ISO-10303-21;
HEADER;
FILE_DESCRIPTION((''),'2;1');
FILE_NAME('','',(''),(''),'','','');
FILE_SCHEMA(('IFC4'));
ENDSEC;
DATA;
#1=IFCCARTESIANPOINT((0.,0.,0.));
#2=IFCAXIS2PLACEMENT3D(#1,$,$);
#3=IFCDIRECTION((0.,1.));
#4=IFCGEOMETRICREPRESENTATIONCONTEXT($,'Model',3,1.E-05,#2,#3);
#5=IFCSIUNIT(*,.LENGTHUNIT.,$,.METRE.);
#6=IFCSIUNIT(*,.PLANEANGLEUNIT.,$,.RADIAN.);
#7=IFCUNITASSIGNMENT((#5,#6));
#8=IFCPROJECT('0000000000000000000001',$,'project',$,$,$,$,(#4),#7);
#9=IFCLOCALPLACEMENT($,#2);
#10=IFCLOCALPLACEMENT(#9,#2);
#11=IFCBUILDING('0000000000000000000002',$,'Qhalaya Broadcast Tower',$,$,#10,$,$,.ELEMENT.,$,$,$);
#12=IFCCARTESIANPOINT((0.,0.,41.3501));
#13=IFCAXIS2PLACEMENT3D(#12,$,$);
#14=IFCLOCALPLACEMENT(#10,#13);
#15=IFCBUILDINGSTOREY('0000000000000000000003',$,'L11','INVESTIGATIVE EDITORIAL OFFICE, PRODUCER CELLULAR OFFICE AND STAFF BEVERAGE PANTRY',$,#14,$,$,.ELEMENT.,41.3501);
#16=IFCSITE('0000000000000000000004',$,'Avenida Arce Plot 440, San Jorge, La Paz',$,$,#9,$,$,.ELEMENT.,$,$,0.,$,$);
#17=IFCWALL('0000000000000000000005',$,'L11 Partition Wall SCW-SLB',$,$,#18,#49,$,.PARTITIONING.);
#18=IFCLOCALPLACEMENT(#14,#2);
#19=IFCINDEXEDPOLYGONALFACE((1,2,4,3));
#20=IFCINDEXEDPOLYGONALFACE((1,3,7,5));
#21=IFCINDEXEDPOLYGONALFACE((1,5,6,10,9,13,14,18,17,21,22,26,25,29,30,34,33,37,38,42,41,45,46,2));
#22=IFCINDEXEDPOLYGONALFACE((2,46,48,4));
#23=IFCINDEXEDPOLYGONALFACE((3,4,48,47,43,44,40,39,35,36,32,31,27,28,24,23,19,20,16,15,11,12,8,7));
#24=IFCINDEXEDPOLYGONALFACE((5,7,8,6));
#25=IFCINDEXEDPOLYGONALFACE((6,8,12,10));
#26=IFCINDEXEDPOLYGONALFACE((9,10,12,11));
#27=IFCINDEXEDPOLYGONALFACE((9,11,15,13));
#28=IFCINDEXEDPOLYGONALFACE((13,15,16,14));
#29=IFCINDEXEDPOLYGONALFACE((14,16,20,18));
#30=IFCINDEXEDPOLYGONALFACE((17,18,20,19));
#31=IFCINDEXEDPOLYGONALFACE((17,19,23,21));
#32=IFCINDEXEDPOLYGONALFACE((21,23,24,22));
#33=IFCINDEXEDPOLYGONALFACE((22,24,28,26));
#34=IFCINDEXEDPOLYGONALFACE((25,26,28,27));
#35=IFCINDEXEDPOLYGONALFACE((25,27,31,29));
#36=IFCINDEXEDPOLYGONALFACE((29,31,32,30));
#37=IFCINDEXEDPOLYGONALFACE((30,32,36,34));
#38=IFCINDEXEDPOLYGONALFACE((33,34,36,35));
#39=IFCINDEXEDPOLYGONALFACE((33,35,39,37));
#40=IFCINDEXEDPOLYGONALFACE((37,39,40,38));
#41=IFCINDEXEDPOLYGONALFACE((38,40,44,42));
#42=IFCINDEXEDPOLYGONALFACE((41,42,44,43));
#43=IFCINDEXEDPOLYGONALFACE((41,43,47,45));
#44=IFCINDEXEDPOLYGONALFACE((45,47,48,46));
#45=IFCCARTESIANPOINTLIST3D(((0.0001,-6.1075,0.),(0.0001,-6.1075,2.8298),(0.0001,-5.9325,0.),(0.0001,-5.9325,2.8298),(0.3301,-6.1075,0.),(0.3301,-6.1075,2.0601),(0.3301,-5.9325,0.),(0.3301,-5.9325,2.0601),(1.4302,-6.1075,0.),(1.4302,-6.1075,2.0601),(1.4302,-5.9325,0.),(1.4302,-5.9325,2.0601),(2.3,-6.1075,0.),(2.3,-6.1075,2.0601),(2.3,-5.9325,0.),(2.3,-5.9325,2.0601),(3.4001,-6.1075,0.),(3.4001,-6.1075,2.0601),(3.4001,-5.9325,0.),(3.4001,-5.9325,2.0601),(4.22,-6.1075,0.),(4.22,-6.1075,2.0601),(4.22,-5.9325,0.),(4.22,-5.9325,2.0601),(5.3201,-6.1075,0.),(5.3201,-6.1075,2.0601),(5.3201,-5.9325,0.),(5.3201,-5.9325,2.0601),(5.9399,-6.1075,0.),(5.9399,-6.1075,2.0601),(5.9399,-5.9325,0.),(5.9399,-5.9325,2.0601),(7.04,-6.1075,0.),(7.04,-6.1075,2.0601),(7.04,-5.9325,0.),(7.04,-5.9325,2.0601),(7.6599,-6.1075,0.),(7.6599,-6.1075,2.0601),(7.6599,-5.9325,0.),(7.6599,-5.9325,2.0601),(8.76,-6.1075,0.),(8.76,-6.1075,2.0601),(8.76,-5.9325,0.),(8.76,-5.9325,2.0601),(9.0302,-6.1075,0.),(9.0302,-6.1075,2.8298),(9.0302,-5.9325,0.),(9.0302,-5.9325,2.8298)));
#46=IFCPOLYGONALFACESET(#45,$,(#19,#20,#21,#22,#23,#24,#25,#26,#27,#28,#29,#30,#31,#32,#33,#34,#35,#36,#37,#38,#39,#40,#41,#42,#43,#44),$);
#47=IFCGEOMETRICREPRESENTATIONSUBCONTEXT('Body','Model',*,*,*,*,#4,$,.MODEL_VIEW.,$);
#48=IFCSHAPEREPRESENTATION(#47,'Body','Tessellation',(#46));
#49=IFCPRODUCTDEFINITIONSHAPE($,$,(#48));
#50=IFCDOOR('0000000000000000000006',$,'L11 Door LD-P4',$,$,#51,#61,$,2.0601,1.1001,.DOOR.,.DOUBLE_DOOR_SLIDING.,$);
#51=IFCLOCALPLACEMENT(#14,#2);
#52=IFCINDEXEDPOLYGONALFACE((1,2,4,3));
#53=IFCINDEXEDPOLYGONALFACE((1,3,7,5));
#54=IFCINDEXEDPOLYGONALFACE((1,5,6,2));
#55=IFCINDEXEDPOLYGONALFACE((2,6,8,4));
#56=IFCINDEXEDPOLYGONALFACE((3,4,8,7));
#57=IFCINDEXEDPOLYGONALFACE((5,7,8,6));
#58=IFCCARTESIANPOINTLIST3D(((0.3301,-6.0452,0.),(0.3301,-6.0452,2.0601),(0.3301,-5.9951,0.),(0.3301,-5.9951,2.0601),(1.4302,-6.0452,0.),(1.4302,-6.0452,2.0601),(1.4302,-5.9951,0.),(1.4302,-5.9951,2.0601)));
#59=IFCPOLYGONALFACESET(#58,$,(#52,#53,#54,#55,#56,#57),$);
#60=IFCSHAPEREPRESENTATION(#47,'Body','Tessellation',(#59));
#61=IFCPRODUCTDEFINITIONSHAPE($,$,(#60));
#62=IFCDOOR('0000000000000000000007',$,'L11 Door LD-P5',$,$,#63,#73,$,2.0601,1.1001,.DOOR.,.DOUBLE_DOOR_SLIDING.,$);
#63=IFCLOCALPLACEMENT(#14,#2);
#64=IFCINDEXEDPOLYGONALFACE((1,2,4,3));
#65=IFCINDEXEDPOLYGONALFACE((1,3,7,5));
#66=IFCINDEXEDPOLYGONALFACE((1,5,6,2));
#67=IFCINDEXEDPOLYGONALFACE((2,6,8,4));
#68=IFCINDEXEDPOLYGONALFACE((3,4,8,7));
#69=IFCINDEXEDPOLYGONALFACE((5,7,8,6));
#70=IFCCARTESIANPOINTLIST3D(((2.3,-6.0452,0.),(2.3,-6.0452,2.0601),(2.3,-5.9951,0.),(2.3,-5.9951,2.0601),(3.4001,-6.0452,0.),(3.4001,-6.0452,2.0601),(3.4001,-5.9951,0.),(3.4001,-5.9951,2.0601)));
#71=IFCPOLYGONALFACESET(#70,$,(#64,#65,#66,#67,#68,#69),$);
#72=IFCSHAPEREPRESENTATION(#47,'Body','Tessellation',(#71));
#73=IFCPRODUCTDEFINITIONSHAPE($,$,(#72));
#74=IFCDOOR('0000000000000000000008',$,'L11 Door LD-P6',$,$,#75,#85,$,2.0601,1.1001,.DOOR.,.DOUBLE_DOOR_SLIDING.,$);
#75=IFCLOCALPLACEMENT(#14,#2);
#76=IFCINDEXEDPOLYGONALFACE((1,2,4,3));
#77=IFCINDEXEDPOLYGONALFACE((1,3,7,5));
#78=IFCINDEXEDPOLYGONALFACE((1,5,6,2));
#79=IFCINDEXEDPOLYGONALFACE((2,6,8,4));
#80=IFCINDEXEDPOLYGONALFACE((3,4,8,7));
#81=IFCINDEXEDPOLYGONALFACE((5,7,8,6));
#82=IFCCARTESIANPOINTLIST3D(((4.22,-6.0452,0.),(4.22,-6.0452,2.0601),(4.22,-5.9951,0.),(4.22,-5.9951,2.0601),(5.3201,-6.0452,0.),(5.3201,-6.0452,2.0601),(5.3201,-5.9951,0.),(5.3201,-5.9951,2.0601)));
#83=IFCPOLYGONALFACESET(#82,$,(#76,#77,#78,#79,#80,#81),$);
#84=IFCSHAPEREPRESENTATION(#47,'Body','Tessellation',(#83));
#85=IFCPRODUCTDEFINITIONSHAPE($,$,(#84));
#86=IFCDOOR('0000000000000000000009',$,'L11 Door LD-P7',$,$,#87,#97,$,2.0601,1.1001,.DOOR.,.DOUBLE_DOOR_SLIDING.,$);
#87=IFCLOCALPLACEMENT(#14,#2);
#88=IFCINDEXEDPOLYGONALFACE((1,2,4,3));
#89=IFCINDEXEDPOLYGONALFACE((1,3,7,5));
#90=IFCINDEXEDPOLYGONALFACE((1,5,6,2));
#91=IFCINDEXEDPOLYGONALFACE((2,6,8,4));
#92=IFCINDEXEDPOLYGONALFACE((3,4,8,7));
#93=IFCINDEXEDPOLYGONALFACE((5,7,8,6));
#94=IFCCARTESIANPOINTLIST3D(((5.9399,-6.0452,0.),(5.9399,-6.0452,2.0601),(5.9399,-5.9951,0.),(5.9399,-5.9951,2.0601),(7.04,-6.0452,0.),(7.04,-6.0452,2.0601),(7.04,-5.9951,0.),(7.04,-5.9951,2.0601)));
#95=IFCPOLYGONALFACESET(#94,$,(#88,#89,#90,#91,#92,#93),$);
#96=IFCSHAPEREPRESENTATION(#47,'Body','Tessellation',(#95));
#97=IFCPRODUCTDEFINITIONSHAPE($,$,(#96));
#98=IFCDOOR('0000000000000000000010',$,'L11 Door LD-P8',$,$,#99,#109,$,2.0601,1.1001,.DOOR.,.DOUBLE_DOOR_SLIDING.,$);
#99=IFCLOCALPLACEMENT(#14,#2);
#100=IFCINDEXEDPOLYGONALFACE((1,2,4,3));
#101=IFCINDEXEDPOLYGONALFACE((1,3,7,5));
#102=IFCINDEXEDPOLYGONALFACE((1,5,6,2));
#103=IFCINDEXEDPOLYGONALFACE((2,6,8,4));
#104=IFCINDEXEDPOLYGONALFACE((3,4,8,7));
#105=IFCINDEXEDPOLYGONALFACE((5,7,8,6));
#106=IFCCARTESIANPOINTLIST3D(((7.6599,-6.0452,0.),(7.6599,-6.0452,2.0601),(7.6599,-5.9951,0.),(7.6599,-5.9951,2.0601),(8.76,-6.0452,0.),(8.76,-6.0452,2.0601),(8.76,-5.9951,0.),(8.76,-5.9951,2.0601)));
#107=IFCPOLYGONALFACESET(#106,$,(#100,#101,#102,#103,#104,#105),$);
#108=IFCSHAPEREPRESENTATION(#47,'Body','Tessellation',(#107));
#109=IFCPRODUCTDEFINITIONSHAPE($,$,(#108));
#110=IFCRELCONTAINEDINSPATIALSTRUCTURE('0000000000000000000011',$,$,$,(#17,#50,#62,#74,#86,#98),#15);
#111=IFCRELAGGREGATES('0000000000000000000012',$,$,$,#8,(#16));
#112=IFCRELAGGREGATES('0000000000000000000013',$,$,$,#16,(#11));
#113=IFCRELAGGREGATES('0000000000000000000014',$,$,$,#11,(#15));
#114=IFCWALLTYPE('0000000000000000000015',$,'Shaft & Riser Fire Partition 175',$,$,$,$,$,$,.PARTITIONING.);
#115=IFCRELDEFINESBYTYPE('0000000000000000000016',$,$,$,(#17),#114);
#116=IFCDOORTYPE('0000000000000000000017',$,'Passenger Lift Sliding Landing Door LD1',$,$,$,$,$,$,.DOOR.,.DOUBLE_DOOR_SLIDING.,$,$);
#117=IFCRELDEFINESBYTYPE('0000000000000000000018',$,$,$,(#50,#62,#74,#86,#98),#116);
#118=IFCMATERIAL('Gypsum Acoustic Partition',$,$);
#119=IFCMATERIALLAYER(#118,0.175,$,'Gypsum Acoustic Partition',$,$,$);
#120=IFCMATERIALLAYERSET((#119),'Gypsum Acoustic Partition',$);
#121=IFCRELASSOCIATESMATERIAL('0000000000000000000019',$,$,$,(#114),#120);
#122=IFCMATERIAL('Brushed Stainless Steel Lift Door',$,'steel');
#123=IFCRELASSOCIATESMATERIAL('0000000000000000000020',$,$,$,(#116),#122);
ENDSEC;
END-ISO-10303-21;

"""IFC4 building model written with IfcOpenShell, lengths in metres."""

from ifc_helpers import new_model, si_unit, direction, frame, frame_2d, origin, place, context, subcontext, project, spatial, rectangle, extrude, material, layer, layer_set, type_object, element, fill, save


model = new_model("IFC4")

# Units and contexts
model_context = context("Model", 3, precision=1e-05, world=origin(), true_north=direction((0.0, 1.0)))
body_context = subcontext(model_context, "Body", "Model", "MODEL_VIEW")
ifc_project = project(units=[si_unit("LENGTHUNIT", "METRE"), si_unit("PLANEANGLEUNIT", "RADIAN")], contexts=[model_context])

# Site, building, storey
site_placement = place(None, origin())
site = spatial("IfcSite", under=ifc_project, at=site_placement, Name="Avenida Arce Plot 440, San Jorge, La Paz", CompositionType="ELEMENT", RefElevation=0.0)
building_placement = place(site_placement, origin())
building = spatial("IfcBuilding", under=site, at=building_placement, Name="Qhalaya Broadcast Tower", CompositionType="ELEMENT")
storey_placement = place(building_placement, frame((0.0, 0.0, 41.3501)))
storey = spatial("IfcBuildingStorey", under=building, at=storey_placement, Name="L11", Description="INVESTIGATIVE EDITORIAL OFFICE, PRODUCER CELLULAR OFFICE AND STAFF BEVERAGE PANTRY", CompositionType="ELEMENT", Elevation=41.3501)

# Shared definitions
ifc_material_1 = material(Name="Gypsum Acoustic Partition")

# Wall, openings, doors
ifc_layer_1 = layer(ifc_material_1, 0.175, Name="Gypsum Acoustic Partition")
ifc_layer_set_1 = layer_set([ifc_layer_1], Name="Gypsum Acoustic Partition")
wall_type_1 = type_object("IfcWallType", Name="Shaft & Riser Fire Partition 175", PredefinedType="PARTITIONING", material=ifc_layer_set_1)
wall_1_placement = place(storey_placement, frame((0.0, -6.02, 0.0), z_axis=(0.0, 0.0, 1.0), x_axis=(1.0, 0.0, 0.0)))
wall_1 = element("IfcWall", 1, at=wall_1_placement, inside=storey, type_object=wall_type_1, Name="L11 Partition Wall SCW-SLB", PredefinedType="PARTITIONING", context=body_context, shape_type="SweptSolid", body=[
    extrude(rectangle(XDim=9.03, YDim=0.175, at=frame_2d((4.5151, 0.0))), origin(), (0.0, 0.0, 1.0), 2.8298),
])
opening_1_placement = place(wall_1_placement, frame((0.3301, 0.0, 0.0)))
opening_1 = element("IfcOpeningElement", 2, at=opening_1_placement, cuts=wall_1, PredefinedType="OPENING", context=body_context, shape_type="SweptSolid", body=[
    extrude(rectangle(XDim=1.1001, YDim=2.0601, at=frame_2d((0.55, 1.03))), frame((0.0, 0.0996, 0.0), z_axis=(0.0, -1.0, 0.0), x_axis=(1.0, 0.0, 0.0)), (0.0, 0.0, 1.0), 0.199),
])
opening_2_placement = place(wall_1_placement, frame((2.3, 0.0, 0.0)))
opening_2 = element("IfcOpeningElement", 3, at=opening_2_placement, cuts=wall_1, PredefinedType="OPENING", context=body_context, shape_type="SweptSolid", body=[
    extrude(rectangle(XDim=1.1001, YDim=2.0601, at=frame_2d((0.55, 1.03))), frame((0.0, 0.0996, 0.0), z_axis=(0.0, -1.0, 0.0), x_axis=(1.0, 0.0, 0.0)), (0.0, 0.0, 1.0), 0.199),
])
opening_3_placement = place(wall_1_placement, frame((4.22, 0.0, 0.0)))
opening_3 = element("IfcOpeningElement", 4, at=opening_3_placement, cuts=wall_1, PredefinedType="OPENING", context=body_context, shape_type="SweptSolid", body=[
    extrude(rectangle(XDim=1.1001, YDim=2.0601, at=frame_2d((0.55, 1.03))), frame((0.0, 0.0996, 0.0), z_axis=(0.0, -1.0, 0.0), x_axis=(1.0, 0.0, 0.0)), (0.0, 0.0, 1.0), 0.199),
])
opening_4_placement = place(wall_1_placement, frame((5.9399, 0.0, 0.0)))
opening_4 = element("IfcOpeningElement", 5, at=opening_4_placement, cuts=wall_1, PredefinedType="OPENING", context=body_context, shape_type="SweptSolid", body=[
    extrude(rectangle(XDim=1.1001, YDim=2.0601, at=frame_2d((0.55, 1.03))), frame((0.0, 0.0996, 0.0), z_axis=(0.0, -1.0, 0.0), x_axis=(1.0, 0.0, 0.0)), (0.0, 0.0, 1.0), 0.199),
])
opening_5_placement = place(wall_1_placement, frame((7.6599, 0.0, 0.0)))
opening_5 = element("IfcOpeningElement", 6, at=opening_5_placement, cuts=wall_1, PredefinedType="OPENING", context=body_context, shape_type="SweptSolid", body=[
    extrude(rectangle(XDim=1.1001, YDim=2.0601, at=frame_2d((0.55, 1.03))), frame((0.0, 0.0996, 0.0), z_axis=(0.0, -1.0, 0.0), x_axis=(1.0, 0.0, 0.0)), (0.0, 0.0, 1.0), 0.199),
])
ifc_material_2 = material(Name="Brushed Stainless Steel Lift Door", Category="steel")
door_type_1 = type_object("IfcDoorType", Name="Passenger Lift Sliding Landing Door LD1", OperationType="DOUBLE_DOOR_SLIDING", PredefinedType="DOOR", material=ifc_material_2)
door_1_placement = place(opening_1_placement, origin())
door_1 = element("IfcDoor", 7, at=door_1_placement, inside=storey, type_object=door_type_1, Name="L11 Door LD-P4", OperationType="DOUBLE_DOOR_SLIDING", OverallHeight=2.0601, OverallWidth=1.1001, PredefinedType="DOOR", context=body_context, shape_type="SweptSolid", body=[
    extrude(rectangle(XDim=1.1001, YDim=2.0601, at=frame_2d((0.55, 1.03))), frame((0.0, 0.0249, 0.0), z_axis=(0.0, -1.0, 0.0), x_axis=(1.0, 0.0, 0.0)), (0.0, 0.0, 1.0), 0.05),
])
fill(opening_1, door_1)
door_2_placement = place(opening_2_placement, origin())
door_2 = element("IfcDoor", 8, at=door_2_placement, inside=storey, type_object=door_type_1, Name="L11 Door LD-P5", OperationType="DOUBLE_DOOR_SLIDING", OverallHeight=2.0601, OverallWidth=1.1001, PredefinedType="DOOR", context=body_context, shape_type="SweptSolid", body=[
    extrude(rectangle(XDim=1.1001, YDim=2.0601, at=frame_2d((0.55, 1.03))), frame((0.0, 0.0249, 0.0), z_axis=(0.0, -1.0, 0.0), x_axis=(1.0, 0.0, 0.0)), (0.0, 0.0, 1.0), 0.05),
])
fill(opening_2, door_2)
door_3_placement = place(opening_3_placement, origin())
door_3 = element("IfcDoor", 9, at=door_3_placement, inside=storey, type_object=door_type_1, Name="L11 Door LD-P6", OperationType="DOUBLE_DOOR_SLIDING", OverallHeight=2.0601, OverallWidth=1.1001, PredefinedType="DOOR", context=body_context, shape_type="SweptSolid", body=[
    extrude(rectangle(XDim=1.1001, YDim=2.0601, at=frame_2d((0.55, 1.03))), frame((0.0, 0.0249, 0.0), z_axis=(0.0, -1.0, 0.0), x_axis=(1.0, 0.0, 0.0)), (0.0, 0.0, 1.0), 0.05),
])
fill(opening_3, door_3)
door_4_placement = place(opening_4_placement, origin())
door_4 = element("IfcDoor", 10, at=door_4_placement, inside=storey, type_object=door_type_1, Name="L11 Door LD-P7", OperationType="DOUBLE_DOOR_SLIDING", OverallHeight=2.0601, OverallWidth=1.1001, PredefinedType="DOOR", context=body_context, shape_type="SweptSolid", body=[
    extrude(rectangle(XDim=1.1001, YDim=2.0601, at=frame_2d((0.55, 1.03))), frame((0.0, 0.0249, 0.0), z_axis=(0.0, -1.0, 0.0), x_axis=(1.0, 0.0, 0.0)), (0.0, 0.0, 1.0), 0.05),
])
fill(opening_4, door_4)
door_5_placement = place(opening_5_placement, origin())
door_5 = element("IfcDoor", 11, at=door_5_placement, inside=storey, type_object=door_type_1, Name="L11 Door LD-P8", OperationType="DOUBLE_DOOR_SLIDING", OverallHeight=2.0601, OverallWidth=1.1001, PredefinedType="DOOR", context=body_context, shape_type="SweptSolid", body=[
    extrude(rectangle(XDim=1.1001, YDim=2.0601, at=frame_2d((0.55, 1.03))), frame((0.0, 0.0249, 0.0), z_axis=(0.0, -1.0, 0.0), x_axis=(1.0, 0.0, 0.0)), (0.0, 0.0, 1.0), 0.05),
])
fill(opening_5, door_5)

save(model, "model.ifc")
